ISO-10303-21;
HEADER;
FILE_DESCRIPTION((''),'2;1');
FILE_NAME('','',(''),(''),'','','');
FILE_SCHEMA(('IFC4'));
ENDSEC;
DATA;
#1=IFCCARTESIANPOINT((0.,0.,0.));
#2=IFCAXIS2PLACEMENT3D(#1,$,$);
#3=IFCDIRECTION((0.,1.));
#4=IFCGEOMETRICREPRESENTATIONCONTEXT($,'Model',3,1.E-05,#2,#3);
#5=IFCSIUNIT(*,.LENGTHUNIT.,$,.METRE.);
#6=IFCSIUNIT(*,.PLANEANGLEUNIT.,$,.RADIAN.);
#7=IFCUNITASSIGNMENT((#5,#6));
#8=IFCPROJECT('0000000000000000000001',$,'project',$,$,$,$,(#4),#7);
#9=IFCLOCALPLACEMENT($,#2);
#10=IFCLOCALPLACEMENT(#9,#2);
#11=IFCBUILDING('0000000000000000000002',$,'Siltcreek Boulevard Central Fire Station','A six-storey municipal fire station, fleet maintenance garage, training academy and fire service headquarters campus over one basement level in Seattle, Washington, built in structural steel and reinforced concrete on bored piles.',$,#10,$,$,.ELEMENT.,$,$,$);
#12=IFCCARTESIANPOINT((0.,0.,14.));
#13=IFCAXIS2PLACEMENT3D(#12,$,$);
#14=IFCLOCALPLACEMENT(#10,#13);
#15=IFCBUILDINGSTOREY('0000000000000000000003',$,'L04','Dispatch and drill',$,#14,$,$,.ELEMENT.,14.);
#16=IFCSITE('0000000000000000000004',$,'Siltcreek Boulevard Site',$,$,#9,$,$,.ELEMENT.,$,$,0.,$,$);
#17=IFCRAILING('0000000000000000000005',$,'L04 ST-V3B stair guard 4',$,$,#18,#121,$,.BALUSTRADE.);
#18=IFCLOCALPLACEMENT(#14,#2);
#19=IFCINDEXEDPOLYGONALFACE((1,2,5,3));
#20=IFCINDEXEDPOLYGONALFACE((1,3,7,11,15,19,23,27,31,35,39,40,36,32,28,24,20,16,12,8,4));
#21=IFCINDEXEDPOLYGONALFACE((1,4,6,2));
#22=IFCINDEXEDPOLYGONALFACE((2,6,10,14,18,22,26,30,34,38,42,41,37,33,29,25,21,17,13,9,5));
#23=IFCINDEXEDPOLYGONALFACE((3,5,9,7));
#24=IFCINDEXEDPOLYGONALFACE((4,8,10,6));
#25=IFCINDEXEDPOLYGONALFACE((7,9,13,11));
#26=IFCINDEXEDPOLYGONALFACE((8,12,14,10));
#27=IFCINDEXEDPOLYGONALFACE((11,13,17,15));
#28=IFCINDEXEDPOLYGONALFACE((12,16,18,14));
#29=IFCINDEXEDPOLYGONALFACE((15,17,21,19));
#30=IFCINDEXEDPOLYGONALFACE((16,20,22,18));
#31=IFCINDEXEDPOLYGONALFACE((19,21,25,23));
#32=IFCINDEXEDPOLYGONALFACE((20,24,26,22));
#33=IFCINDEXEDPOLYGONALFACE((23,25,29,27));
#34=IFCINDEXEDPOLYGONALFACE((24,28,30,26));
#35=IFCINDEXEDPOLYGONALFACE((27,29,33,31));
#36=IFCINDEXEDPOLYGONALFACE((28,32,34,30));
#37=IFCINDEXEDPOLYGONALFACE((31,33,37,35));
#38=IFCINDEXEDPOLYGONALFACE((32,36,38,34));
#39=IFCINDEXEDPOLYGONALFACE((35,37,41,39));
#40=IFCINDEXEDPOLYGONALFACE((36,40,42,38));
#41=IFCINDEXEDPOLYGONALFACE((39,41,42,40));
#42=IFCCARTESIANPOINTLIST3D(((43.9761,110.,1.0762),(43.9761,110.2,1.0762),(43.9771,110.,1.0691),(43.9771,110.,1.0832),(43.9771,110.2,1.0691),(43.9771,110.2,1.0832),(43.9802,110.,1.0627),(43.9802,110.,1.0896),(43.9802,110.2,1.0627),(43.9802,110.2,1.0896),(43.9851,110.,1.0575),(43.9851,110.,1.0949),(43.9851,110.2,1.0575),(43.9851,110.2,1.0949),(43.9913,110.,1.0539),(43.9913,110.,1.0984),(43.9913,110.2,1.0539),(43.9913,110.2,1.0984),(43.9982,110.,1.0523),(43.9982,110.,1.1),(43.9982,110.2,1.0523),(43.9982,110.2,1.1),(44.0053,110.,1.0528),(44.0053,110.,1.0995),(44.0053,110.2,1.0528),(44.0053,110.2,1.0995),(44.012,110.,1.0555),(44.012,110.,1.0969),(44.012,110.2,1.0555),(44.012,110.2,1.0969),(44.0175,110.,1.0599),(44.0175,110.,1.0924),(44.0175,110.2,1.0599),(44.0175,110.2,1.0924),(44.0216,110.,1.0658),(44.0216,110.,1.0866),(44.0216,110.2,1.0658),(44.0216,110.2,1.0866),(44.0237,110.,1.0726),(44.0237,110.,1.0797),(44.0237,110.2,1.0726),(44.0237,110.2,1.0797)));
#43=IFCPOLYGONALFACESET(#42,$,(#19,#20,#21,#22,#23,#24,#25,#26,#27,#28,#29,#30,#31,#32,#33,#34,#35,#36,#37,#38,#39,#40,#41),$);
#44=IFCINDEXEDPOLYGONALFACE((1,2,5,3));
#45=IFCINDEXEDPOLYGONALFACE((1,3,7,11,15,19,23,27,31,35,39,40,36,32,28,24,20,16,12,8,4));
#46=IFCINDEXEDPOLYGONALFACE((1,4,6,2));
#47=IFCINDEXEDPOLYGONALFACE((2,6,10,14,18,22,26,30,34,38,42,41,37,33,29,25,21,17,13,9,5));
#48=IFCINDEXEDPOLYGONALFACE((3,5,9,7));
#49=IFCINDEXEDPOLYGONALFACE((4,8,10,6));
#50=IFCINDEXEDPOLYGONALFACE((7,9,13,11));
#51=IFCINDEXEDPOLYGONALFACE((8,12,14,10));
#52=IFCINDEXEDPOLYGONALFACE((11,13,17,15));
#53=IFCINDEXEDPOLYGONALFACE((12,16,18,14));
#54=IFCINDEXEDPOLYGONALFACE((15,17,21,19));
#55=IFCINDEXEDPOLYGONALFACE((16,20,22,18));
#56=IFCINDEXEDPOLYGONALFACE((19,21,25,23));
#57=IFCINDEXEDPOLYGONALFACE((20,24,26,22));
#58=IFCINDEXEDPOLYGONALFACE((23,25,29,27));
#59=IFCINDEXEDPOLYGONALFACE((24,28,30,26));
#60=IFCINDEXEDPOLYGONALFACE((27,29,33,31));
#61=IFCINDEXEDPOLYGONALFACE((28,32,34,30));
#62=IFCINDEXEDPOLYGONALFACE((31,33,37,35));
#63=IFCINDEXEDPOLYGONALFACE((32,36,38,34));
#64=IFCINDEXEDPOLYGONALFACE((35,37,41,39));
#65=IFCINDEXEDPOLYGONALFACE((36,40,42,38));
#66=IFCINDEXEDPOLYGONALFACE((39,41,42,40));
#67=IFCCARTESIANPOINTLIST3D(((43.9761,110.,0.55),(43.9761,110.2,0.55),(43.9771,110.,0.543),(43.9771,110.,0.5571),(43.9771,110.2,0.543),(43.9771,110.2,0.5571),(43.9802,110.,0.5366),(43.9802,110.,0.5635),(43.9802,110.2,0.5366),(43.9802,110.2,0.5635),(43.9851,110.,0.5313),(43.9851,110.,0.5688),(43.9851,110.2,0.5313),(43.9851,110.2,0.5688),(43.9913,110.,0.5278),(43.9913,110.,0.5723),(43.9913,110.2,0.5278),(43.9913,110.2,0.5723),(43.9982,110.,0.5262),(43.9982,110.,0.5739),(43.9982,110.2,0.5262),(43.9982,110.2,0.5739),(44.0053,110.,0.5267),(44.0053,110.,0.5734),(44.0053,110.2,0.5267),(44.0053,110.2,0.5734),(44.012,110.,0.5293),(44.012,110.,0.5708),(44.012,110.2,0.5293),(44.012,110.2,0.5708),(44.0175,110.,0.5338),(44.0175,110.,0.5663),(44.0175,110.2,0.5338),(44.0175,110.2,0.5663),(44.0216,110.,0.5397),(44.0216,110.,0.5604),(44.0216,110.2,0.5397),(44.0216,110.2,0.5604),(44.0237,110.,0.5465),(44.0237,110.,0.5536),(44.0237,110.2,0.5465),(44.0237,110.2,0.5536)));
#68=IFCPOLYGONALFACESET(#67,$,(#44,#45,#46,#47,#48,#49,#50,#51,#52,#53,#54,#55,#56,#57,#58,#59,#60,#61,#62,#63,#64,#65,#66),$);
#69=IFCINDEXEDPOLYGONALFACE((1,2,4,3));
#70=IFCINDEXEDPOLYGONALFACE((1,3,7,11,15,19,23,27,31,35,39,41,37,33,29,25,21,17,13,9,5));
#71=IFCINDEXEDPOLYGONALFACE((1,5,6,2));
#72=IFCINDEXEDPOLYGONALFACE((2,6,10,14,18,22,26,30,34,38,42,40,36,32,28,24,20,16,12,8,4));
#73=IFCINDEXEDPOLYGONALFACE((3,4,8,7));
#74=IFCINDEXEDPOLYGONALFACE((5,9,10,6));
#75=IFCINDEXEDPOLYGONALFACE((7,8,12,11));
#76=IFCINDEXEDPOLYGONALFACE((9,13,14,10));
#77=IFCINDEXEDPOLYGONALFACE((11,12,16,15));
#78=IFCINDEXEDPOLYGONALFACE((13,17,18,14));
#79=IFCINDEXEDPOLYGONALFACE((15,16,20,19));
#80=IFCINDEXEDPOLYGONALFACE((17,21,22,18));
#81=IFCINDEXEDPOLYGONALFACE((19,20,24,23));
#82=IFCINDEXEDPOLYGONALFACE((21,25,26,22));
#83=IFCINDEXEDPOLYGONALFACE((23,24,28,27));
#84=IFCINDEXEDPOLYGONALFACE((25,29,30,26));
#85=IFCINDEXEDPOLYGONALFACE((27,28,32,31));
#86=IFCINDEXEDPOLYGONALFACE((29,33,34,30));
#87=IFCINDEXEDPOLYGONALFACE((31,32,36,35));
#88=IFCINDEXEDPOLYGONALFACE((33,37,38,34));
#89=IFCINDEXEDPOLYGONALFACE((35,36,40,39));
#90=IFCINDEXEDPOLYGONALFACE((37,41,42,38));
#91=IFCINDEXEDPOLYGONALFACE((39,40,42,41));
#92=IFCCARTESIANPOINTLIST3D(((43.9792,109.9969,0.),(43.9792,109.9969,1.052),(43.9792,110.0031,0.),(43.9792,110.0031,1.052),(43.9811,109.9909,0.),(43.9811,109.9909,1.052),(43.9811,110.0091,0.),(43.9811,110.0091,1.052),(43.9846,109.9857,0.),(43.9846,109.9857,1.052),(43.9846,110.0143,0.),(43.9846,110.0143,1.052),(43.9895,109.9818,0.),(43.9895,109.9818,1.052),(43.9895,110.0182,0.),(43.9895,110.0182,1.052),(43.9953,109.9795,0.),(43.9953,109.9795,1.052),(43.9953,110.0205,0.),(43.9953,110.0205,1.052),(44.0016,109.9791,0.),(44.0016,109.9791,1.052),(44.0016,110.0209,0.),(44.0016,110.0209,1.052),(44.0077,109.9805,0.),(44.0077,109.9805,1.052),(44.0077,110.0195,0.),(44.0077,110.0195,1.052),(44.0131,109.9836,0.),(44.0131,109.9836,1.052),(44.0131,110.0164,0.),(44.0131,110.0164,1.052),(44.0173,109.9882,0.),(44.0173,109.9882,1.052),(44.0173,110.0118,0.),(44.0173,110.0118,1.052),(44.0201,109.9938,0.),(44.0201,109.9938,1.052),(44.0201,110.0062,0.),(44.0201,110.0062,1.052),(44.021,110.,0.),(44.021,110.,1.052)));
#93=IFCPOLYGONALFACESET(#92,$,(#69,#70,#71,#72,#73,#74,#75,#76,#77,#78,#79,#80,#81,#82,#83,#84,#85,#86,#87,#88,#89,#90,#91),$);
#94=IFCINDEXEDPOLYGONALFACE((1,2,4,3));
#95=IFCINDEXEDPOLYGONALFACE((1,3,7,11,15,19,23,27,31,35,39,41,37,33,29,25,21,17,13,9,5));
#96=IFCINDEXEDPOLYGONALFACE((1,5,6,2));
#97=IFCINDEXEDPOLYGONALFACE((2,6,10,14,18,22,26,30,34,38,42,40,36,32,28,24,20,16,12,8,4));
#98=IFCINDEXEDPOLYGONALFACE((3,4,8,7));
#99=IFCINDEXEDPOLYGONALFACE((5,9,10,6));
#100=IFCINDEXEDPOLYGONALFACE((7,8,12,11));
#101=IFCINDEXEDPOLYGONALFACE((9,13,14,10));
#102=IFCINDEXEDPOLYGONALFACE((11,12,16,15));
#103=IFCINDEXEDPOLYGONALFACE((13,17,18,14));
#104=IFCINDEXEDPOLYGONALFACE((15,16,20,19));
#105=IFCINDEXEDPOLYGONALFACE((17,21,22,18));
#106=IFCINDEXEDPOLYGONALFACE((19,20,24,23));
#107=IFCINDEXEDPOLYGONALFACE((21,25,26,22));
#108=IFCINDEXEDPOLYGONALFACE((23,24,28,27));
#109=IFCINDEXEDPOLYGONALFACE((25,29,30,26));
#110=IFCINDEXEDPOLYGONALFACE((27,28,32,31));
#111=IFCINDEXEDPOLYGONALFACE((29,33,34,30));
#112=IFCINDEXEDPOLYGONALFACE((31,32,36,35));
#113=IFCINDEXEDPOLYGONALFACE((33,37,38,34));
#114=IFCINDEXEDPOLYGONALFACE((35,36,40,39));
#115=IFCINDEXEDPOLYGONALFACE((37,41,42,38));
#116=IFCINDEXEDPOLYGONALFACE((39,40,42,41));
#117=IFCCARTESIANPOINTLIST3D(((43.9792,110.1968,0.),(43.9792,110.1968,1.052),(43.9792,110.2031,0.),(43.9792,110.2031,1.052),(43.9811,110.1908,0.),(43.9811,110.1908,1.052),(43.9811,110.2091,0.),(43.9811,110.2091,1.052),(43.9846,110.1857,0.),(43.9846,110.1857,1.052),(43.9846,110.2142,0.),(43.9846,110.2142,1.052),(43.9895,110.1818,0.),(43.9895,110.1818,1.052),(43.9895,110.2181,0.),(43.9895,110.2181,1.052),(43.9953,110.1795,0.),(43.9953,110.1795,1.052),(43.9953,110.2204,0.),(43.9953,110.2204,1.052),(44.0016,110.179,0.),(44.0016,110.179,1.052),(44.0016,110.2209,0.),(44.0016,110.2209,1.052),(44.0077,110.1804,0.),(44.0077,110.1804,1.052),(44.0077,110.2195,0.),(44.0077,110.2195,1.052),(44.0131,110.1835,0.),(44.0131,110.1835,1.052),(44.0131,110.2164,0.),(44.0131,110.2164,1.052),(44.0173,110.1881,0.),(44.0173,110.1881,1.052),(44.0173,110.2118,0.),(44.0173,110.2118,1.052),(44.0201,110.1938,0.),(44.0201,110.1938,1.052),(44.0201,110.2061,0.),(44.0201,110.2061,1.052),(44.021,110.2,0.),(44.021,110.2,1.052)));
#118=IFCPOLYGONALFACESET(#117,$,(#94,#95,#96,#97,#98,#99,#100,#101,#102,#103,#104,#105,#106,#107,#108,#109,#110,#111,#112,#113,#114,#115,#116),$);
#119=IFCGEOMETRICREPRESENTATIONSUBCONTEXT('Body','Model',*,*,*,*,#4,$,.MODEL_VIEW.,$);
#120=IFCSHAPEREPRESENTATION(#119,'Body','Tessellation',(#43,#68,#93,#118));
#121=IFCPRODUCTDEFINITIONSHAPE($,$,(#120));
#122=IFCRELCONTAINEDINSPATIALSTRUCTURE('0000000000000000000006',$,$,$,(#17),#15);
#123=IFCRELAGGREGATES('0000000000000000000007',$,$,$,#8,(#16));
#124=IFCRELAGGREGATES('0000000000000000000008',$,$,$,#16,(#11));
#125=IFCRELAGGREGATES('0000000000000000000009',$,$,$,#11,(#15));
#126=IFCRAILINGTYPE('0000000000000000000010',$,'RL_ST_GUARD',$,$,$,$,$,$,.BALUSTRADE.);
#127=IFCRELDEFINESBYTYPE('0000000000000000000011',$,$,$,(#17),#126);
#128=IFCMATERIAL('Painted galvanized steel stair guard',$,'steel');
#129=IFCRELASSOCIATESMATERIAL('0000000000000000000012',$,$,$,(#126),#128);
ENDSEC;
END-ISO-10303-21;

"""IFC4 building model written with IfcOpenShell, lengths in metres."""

from ifc_helpers import new_model, si_unit, direction, frame, origin, origin_2d, place, context, subcontext, project, spatial, circle, extrude, material, type_object, element, save


model = new_model("IFC4")

# Units and contexts
model_context = context("Model", 3, precision=1e-05, world=origin(), true_north=direction((0.0, 1.0)))
body_context = subcontext(model_context, "Body", "Model", "MODEL_VIEW")
ifc_project = project(units=[si_unit("LENGTHUNIT", "METRE"), si_unit("PLANEANGLEUNIT", "RADIAN")], contexts=[model_context])

# Site, building, storey
site_placement = place(None, origin())
site = spatial("IfcSite", under=ifc_project, at=site_placement, Name="Siltcreek Boulevard Site", CompositionType="ELEMENT", RefElevation=0.0)
building_placement = place(site_placement, origin())
building = spatial("IfcBuilding", under=site, at=building_placement, Name="Siltcreek Boulevard Central Fire Station", Description="A six-storey municipal fire station, fleet maintenance garage, training academy and fire service headquarters campus over one basement level in Seattle, Washington, built in structural steel and reinforced concrete on bored piles.", CompositionType="ELEMENT")
storey_placement = place(building_placement, frame((0.0, 0.0, 14.0)))
storey = spatial("IfcBuildingStorey", under=building, at=storey_placement, Name="L04", Description="Dispatch and drill", CompositionType="ELEMENT", Elevation=14.0)

# Railing
ifc_material_1 = material(Name="Painted galvanized steel stair guard", Category="steel")
railing_type_1 = type_object("IfcRailingType", Name="RL_ST_GUARD", PredefinedType="BALUSTRADE", material=ifc_material_1)
railing_1_placement = place(storey_placement, frame((44.0, 110.0, 0.0)))
element("IfcRailing", 1, at=railing_1_placement, inside=storey, type_object=railing_type_1, Name="L04 ST-V3B stair guard 4", PredefinedType="BALUSTRADE", context=body_context, shape_type="SweptSolid", body=[
    extrude(circle(Radius=0.0239, at=origin_2d()), frame((0.0, 0.0, 1.0762), z_axis=(0.0, 1.0, 0.0), x_axis=(-1.0, 0.0, 0.0)), (0.0, 0.0, 1.0), 0.2),
    extrude(circle(Radius=0.0239, at=origin_2d()), frame((0.0, 0.0, 0.55), z_axis=(0.0, 1.0, 0.0), x_axis=(-1.0, 0.0, 0.0)), (0.0, 0.0, 1.0), 0.2),
    extrude(circle(Radius=0.021, at=origin_2d()), origin(), (0.0, 0.0, 1.0), 1.052),
    extrude(circle(Radius=0.021, at=origin_2d()), frame((0.0, 0.2, 0.0)), (0.0, 0.0, 1.0), 1.052),
])

save(model, "model.ifc")
